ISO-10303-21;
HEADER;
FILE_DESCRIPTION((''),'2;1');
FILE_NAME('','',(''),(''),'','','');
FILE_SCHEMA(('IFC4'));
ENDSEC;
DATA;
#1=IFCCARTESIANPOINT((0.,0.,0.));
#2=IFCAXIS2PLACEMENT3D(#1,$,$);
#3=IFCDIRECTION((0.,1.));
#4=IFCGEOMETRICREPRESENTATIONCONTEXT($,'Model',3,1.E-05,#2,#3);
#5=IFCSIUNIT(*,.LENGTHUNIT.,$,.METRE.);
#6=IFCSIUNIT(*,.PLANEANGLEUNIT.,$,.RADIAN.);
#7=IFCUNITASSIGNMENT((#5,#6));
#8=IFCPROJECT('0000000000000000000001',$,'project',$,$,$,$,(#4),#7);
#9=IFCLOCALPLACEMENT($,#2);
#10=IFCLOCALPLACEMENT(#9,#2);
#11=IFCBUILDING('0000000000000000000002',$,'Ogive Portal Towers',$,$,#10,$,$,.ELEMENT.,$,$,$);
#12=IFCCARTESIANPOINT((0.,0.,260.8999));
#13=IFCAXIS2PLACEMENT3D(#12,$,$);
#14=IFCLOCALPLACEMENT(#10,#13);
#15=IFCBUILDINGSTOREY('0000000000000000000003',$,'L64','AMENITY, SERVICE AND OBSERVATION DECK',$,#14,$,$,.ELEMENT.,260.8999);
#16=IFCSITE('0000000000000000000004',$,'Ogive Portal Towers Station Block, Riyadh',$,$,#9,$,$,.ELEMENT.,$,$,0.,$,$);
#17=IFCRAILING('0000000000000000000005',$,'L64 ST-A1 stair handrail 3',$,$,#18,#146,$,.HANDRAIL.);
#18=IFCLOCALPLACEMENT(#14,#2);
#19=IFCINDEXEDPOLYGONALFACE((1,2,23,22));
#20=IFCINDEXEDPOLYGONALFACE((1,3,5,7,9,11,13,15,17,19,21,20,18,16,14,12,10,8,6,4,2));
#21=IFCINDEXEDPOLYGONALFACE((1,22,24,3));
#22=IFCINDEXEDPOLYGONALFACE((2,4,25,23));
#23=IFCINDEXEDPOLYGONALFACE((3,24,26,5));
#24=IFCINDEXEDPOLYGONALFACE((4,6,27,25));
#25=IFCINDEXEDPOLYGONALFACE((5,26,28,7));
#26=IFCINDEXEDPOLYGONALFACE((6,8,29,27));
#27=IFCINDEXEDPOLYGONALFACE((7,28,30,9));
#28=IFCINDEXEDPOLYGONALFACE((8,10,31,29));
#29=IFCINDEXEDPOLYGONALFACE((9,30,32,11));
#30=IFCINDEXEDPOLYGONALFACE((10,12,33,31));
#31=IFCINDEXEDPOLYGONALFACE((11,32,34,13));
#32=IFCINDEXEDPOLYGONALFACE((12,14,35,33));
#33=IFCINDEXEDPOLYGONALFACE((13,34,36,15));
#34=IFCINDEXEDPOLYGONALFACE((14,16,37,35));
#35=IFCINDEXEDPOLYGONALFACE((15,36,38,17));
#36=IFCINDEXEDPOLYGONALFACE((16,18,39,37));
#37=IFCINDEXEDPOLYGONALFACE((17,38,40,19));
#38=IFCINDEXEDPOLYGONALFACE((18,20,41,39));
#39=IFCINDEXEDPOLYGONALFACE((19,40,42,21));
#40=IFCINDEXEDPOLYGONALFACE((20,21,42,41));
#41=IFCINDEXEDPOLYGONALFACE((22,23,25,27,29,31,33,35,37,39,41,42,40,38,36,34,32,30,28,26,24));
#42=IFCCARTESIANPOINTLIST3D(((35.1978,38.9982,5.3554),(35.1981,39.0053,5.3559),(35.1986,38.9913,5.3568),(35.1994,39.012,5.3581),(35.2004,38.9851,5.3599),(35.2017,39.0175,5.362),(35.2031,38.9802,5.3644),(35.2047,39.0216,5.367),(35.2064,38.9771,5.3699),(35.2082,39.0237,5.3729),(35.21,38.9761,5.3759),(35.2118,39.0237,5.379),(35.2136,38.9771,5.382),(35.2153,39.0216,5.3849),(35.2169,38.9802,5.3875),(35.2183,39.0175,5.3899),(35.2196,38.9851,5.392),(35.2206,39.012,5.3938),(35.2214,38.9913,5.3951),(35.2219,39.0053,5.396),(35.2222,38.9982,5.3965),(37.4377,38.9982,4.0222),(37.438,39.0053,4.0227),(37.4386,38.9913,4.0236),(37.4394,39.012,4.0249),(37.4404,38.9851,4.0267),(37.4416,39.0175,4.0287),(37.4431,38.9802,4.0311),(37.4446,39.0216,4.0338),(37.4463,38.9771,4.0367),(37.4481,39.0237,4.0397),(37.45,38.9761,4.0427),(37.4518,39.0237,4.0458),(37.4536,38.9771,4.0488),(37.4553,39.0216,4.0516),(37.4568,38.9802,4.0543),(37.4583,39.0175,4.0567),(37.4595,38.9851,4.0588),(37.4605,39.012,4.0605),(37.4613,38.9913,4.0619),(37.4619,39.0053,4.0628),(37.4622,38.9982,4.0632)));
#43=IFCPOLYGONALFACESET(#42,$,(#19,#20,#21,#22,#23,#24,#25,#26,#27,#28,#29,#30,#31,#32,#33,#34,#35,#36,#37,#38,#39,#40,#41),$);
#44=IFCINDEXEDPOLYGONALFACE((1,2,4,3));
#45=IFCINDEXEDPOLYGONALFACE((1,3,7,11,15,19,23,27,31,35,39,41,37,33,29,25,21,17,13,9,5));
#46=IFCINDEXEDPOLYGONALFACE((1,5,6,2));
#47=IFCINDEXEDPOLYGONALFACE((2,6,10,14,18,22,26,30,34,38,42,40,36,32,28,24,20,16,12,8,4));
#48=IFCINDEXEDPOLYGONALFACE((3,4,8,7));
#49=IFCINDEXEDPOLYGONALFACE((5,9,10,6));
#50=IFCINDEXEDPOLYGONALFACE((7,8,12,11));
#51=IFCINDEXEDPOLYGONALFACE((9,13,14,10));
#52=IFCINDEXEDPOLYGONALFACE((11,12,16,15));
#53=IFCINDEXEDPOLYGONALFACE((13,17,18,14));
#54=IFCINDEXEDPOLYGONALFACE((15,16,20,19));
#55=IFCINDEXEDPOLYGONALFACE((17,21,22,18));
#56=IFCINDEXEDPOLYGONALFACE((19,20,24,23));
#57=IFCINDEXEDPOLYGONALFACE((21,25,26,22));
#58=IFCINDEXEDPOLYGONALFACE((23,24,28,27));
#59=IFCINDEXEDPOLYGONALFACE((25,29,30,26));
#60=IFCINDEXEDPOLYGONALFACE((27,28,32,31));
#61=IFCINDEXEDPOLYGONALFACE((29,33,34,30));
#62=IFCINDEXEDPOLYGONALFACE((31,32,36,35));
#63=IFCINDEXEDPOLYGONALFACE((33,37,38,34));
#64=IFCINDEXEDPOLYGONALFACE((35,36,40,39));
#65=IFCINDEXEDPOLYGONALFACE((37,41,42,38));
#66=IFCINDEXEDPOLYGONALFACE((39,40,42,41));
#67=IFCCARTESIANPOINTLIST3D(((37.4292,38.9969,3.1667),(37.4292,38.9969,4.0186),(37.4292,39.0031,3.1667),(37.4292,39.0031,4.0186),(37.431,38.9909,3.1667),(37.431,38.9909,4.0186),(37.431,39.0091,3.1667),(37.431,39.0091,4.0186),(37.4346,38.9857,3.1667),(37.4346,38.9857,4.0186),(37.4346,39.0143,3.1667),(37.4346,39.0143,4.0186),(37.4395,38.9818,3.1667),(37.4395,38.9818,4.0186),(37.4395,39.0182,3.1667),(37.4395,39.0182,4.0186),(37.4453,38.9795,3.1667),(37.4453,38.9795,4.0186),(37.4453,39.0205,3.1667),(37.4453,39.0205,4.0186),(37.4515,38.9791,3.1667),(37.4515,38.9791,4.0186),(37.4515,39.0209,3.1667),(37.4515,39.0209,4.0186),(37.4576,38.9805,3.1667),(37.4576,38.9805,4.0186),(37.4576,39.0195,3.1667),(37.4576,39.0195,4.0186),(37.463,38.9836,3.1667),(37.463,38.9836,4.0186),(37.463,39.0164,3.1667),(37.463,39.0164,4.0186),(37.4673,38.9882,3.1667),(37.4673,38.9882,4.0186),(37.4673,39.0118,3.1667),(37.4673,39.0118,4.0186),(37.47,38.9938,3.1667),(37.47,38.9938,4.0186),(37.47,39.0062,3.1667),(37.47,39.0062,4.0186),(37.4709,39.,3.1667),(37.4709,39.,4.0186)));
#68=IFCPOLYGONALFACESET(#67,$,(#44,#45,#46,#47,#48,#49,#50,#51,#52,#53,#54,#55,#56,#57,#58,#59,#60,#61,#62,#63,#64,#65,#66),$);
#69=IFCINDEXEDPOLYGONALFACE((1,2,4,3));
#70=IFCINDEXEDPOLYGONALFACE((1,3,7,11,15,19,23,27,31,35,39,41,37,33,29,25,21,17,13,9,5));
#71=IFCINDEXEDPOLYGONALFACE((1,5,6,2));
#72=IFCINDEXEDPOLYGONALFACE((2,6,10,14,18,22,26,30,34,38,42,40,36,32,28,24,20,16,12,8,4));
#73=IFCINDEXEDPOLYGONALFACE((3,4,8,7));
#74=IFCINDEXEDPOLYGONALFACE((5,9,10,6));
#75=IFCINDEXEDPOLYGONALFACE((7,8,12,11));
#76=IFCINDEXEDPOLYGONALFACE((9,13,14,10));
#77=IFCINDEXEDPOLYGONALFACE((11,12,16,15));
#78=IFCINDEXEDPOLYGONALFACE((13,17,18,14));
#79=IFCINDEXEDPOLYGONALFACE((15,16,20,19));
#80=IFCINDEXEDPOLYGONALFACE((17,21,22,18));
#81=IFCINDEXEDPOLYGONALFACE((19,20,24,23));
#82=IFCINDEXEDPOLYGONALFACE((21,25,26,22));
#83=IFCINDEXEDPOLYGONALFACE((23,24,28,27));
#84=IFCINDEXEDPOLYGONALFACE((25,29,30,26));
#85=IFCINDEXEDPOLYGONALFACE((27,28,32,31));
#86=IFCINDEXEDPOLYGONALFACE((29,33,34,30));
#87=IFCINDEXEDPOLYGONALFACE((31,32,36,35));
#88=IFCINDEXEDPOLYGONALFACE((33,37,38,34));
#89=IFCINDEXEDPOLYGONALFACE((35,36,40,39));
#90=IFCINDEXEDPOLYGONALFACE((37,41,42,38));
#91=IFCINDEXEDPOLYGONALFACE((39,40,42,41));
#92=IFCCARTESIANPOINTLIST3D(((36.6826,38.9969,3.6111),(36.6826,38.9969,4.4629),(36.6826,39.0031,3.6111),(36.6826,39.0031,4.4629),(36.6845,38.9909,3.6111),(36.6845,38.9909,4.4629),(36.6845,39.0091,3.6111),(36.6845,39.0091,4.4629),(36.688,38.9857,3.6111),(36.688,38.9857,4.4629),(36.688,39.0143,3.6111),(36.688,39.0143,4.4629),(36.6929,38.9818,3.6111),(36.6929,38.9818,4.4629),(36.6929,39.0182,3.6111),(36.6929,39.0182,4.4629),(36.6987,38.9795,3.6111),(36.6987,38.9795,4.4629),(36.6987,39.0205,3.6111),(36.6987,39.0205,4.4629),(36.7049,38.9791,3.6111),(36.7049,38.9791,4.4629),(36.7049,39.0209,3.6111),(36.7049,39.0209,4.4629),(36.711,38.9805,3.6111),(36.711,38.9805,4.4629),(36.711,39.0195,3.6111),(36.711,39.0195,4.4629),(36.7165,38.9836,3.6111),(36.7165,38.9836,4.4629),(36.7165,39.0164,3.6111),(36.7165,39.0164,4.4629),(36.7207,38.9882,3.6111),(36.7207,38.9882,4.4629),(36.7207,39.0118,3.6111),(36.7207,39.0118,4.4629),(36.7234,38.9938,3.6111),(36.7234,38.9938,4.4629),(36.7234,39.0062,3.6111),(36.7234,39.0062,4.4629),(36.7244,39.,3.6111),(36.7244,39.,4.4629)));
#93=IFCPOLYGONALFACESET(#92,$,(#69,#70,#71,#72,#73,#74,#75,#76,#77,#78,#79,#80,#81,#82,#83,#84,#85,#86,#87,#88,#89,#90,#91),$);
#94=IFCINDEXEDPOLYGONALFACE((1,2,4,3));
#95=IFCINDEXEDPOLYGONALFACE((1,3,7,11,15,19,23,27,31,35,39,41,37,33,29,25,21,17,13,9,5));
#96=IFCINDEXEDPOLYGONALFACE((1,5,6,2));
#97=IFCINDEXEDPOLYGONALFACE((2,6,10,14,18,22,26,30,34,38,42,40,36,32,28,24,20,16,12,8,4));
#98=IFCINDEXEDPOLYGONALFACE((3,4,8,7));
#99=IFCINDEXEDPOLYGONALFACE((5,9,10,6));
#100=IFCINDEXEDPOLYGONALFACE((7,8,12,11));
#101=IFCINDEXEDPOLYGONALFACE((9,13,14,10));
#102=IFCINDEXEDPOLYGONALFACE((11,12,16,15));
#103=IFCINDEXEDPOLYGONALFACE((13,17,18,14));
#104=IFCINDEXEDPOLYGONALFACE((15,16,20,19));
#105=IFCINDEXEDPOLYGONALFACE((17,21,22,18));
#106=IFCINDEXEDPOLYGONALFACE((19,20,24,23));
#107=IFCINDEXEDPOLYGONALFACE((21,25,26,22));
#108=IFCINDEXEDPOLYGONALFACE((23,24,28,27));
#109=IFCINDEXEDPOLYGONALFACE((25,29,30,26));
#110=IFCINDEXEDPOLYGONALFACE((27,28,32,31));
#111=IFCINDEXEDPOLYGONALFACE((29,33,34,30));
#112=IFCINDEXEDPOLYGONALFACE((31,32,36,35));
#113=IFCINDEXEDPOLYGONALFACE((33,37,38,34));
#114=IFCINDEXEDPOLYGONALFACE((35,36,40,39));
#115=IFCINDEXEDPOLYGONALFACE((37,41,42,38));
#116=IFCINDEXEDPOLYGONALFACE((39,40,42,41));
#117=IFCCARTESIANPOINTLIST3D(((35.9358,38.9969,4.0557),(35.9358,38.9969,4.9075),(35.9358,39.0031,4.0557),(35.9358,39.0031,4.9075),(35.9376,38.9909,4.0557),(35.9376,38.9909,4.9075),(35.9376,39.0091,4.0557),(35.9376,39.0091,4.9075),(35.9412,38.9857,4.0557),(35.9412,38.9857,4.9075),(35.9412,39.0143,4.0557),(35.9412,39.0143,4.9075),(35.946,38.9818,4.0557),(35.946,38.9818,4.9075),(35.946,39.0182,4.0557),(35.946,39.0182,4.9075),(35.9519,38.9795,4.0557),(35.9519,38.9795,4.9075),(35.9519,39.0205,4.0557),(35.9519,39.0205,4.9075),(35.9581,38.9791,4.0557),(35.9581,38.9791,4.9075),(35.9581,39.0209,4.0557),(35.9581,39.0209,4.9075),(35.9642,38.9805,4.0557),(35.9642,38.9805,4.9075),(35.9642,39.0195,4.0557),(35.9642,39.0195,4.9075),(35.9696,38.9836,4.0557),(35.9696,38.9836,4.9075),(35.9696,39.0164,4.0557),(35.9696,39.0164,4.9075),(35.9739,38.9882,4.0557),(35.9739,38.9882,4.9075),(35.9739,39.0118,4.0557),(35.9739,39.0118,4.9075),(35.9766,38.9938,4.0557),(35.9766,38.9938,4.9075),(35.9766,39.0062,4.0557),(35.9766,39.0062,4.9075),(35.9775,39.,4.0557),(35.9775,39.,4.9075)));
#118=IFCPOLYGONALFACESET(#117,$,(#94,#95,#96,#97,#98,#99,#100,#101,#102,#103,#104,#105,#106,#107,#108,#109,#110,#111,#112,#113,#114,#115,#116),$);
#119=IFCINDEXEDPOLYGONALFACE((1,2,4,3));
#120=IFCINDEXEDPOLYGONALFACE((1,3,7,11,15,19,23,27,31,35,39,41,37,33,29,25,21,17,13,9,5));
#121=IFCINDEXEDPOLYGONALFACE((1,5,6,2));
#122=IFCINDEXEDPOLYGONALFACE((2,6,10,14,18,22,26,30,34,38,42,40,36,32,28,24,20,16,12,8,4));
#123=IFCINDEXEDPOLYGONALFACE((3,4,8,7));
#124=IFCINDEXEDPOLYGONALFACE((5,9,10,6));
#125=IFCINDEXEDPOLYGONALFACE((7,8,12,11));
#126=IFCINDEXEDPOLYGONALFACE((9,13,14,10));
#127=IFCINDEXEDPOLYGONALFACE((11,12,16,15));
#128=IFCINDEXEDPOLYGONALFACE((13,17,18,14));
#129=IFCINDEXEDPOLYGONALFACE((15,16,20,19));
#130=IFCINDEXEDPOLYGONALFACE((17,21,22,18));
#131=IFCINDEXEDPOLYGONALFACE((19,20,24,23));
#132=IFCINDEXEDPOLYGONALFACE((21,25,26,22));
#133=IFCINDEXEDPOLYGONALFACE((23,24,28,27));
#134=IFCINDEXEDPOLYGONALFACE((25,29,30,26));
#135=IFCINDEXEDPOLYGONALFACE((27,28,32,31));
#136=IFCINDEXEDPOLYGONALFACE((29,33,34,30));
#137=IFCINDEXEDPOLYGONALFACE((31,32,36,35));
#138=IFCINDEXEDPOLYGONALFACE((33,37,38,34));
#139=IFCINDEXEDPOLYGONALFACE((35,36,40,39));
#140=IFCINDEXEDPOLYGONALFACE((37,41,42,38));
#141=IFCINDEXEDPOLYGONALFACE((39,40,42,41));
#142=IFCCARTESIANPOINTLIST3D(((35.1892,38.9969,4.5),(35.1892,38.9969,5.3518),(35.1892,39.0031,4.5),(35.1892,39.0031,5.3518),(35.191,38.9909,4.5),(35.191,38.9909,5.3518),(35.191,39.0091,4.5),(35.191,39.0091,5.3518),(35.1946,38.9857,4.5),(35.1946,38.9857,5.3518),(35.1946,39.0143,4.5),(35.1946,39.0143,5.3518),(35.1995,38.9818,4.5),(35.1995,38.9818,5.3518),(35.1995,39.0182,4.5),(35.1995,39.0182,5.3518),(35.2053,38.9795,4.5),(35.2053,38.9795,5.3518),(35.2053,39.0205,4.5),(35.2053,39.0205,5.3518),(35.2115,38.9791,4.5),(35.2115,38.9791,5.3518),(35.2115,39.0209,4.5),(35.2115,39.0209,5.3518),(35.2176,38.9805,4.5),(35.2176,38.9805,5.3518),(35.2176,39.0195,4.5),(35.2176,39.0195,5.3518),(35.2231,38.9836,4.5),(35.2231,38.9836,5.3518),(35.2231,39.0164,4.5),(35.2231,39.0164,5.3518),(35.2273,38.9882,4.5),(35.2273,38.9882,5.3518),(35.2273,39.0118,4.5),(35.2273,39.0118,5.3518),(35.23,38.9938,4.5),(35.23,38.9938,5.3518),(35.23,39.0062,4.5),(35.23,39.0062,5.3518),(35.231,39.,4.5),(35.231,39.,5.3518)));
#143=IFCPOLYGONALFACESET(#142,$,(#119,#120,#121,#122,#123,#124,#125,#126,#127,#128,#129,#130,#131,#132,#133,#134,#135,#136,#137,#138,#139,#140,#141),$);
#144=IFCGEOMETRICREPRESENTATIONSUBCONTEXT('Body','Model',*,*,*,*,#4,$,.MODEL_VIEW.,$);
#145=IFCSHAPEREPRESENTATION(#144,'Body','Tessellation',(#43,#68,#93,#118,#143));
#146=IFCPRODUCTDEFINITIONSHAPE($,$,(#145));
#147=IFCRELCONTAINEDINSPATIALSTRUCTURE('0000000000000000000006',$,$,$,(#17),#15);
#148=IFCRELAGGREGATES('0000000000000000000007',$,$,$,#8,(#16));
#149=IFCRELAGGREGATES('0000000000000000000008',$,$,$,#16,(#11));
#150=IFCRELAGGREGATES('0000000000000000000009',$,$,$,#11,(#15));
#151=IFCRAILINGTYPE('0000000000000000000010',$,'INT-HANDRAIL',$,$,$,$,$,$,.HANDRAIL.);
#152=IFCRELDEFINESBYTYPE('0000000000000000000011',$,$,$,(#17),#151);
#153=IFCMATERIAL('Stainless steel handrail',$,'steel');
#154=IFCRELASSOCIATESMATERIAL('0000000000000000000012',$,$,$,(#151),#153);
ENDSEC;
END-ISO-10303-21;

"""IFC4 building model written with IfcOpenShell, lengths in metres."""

from ifc_helpers import new_model, si_unit, direction, frame, origin, origin_2d, place, context, subcontext, project, spatial, circle, extrude, material, type_object, element, save


model = new_model("IFC4")

# Units and contexts
model_context = context("Model", 3, precision=1e-05, world=origin(), true_north=direction((0.0, 1.0)))
body_context = subcontext(model_context, "Body", "Model", "MODEL_VIEW")
ifc_project = project(units=[si_unit("LENGTHUNIT", "METRE"), si_unit("PLANEANGLEUNIT", "RADIAN")], contexts=[model_context])

# Site, building, storey
site_placement = place(None, origin())
site = spatial("IfcSite", under=ifc_project, at=site_placement, Name="Ogive Portal Towers Station Block, Riyadh", CompositionType="ELEMENT", RefElevation=0.0)
building_placement = place(site_placement, origin())
building = spatial("IfcBuilding", under=site, at=building_placement, Name="Ogive Portal Towers", CompositionType="ELEMENT")
storey_placement = place(building_placement, frame((0.0, 0.0, 260.8999)))
storey = spatial("IfcBuildingStorey", under=building, at=storey_placement, Name="L64", Description="AMENITY, SERVICE AND OBSERVATION DECK", CompositionType="ELEMENT", Elevation=260.8999)

# Railing
ifc_material_1 = material(Name="Stainless steel handrail", Category="steel")
railing_type_1 = type_object("IfcRailingType", Name="INT-HANDRAIL", PredefinedType="HANDRAIL", material=ifc_material_1)
for number, where, name in (
    (1, (37.45, 39.0, 3.1667), "L64 ST-A1 stair handrail 3"),
):
    element("IfcRailing", number, at=place(storey_placement, frame(where)), inside=storey, type_object=railing_type_1, Name=name, PredefinedType="HANDRAIL", context=body_context, shape_type="SweptSolid", body=[
        extrude(circle(Radius=0.0239, at=origin_2d()), frame((0.0, 0.0, 0.876), z_axis=(-0.859306, 0.0, 0.511462), x_axis=(0.0, -1.0, 0.0)), (0.0, 0.0, 1.0), 2.6067),
        extrude(circle(Radius=0.021, at=origin_2d()), origin(), (0.0, 0.0, 1.0), 0.8518),
        extrude(circle(Radius=0.021, at=origin_2d()), frame((-0.7466, 0.0, 0.4443)), (0.0, 0.0, 1.0), 0.8518),
        extrude(circle(Radius=0.021, at=origin_2d()), frame((-1.4934, 0.0, 0.8889)), (0.0, 0.0, 1.0), 0.8518),
        extrude(circle(Radius=0.021, at=origin_2d()), frame((-2.24, 0.0, 1.3333)), (0.0, 0.0, 1.0), 0.8518),
    ])

save(model, "model.ifc")
